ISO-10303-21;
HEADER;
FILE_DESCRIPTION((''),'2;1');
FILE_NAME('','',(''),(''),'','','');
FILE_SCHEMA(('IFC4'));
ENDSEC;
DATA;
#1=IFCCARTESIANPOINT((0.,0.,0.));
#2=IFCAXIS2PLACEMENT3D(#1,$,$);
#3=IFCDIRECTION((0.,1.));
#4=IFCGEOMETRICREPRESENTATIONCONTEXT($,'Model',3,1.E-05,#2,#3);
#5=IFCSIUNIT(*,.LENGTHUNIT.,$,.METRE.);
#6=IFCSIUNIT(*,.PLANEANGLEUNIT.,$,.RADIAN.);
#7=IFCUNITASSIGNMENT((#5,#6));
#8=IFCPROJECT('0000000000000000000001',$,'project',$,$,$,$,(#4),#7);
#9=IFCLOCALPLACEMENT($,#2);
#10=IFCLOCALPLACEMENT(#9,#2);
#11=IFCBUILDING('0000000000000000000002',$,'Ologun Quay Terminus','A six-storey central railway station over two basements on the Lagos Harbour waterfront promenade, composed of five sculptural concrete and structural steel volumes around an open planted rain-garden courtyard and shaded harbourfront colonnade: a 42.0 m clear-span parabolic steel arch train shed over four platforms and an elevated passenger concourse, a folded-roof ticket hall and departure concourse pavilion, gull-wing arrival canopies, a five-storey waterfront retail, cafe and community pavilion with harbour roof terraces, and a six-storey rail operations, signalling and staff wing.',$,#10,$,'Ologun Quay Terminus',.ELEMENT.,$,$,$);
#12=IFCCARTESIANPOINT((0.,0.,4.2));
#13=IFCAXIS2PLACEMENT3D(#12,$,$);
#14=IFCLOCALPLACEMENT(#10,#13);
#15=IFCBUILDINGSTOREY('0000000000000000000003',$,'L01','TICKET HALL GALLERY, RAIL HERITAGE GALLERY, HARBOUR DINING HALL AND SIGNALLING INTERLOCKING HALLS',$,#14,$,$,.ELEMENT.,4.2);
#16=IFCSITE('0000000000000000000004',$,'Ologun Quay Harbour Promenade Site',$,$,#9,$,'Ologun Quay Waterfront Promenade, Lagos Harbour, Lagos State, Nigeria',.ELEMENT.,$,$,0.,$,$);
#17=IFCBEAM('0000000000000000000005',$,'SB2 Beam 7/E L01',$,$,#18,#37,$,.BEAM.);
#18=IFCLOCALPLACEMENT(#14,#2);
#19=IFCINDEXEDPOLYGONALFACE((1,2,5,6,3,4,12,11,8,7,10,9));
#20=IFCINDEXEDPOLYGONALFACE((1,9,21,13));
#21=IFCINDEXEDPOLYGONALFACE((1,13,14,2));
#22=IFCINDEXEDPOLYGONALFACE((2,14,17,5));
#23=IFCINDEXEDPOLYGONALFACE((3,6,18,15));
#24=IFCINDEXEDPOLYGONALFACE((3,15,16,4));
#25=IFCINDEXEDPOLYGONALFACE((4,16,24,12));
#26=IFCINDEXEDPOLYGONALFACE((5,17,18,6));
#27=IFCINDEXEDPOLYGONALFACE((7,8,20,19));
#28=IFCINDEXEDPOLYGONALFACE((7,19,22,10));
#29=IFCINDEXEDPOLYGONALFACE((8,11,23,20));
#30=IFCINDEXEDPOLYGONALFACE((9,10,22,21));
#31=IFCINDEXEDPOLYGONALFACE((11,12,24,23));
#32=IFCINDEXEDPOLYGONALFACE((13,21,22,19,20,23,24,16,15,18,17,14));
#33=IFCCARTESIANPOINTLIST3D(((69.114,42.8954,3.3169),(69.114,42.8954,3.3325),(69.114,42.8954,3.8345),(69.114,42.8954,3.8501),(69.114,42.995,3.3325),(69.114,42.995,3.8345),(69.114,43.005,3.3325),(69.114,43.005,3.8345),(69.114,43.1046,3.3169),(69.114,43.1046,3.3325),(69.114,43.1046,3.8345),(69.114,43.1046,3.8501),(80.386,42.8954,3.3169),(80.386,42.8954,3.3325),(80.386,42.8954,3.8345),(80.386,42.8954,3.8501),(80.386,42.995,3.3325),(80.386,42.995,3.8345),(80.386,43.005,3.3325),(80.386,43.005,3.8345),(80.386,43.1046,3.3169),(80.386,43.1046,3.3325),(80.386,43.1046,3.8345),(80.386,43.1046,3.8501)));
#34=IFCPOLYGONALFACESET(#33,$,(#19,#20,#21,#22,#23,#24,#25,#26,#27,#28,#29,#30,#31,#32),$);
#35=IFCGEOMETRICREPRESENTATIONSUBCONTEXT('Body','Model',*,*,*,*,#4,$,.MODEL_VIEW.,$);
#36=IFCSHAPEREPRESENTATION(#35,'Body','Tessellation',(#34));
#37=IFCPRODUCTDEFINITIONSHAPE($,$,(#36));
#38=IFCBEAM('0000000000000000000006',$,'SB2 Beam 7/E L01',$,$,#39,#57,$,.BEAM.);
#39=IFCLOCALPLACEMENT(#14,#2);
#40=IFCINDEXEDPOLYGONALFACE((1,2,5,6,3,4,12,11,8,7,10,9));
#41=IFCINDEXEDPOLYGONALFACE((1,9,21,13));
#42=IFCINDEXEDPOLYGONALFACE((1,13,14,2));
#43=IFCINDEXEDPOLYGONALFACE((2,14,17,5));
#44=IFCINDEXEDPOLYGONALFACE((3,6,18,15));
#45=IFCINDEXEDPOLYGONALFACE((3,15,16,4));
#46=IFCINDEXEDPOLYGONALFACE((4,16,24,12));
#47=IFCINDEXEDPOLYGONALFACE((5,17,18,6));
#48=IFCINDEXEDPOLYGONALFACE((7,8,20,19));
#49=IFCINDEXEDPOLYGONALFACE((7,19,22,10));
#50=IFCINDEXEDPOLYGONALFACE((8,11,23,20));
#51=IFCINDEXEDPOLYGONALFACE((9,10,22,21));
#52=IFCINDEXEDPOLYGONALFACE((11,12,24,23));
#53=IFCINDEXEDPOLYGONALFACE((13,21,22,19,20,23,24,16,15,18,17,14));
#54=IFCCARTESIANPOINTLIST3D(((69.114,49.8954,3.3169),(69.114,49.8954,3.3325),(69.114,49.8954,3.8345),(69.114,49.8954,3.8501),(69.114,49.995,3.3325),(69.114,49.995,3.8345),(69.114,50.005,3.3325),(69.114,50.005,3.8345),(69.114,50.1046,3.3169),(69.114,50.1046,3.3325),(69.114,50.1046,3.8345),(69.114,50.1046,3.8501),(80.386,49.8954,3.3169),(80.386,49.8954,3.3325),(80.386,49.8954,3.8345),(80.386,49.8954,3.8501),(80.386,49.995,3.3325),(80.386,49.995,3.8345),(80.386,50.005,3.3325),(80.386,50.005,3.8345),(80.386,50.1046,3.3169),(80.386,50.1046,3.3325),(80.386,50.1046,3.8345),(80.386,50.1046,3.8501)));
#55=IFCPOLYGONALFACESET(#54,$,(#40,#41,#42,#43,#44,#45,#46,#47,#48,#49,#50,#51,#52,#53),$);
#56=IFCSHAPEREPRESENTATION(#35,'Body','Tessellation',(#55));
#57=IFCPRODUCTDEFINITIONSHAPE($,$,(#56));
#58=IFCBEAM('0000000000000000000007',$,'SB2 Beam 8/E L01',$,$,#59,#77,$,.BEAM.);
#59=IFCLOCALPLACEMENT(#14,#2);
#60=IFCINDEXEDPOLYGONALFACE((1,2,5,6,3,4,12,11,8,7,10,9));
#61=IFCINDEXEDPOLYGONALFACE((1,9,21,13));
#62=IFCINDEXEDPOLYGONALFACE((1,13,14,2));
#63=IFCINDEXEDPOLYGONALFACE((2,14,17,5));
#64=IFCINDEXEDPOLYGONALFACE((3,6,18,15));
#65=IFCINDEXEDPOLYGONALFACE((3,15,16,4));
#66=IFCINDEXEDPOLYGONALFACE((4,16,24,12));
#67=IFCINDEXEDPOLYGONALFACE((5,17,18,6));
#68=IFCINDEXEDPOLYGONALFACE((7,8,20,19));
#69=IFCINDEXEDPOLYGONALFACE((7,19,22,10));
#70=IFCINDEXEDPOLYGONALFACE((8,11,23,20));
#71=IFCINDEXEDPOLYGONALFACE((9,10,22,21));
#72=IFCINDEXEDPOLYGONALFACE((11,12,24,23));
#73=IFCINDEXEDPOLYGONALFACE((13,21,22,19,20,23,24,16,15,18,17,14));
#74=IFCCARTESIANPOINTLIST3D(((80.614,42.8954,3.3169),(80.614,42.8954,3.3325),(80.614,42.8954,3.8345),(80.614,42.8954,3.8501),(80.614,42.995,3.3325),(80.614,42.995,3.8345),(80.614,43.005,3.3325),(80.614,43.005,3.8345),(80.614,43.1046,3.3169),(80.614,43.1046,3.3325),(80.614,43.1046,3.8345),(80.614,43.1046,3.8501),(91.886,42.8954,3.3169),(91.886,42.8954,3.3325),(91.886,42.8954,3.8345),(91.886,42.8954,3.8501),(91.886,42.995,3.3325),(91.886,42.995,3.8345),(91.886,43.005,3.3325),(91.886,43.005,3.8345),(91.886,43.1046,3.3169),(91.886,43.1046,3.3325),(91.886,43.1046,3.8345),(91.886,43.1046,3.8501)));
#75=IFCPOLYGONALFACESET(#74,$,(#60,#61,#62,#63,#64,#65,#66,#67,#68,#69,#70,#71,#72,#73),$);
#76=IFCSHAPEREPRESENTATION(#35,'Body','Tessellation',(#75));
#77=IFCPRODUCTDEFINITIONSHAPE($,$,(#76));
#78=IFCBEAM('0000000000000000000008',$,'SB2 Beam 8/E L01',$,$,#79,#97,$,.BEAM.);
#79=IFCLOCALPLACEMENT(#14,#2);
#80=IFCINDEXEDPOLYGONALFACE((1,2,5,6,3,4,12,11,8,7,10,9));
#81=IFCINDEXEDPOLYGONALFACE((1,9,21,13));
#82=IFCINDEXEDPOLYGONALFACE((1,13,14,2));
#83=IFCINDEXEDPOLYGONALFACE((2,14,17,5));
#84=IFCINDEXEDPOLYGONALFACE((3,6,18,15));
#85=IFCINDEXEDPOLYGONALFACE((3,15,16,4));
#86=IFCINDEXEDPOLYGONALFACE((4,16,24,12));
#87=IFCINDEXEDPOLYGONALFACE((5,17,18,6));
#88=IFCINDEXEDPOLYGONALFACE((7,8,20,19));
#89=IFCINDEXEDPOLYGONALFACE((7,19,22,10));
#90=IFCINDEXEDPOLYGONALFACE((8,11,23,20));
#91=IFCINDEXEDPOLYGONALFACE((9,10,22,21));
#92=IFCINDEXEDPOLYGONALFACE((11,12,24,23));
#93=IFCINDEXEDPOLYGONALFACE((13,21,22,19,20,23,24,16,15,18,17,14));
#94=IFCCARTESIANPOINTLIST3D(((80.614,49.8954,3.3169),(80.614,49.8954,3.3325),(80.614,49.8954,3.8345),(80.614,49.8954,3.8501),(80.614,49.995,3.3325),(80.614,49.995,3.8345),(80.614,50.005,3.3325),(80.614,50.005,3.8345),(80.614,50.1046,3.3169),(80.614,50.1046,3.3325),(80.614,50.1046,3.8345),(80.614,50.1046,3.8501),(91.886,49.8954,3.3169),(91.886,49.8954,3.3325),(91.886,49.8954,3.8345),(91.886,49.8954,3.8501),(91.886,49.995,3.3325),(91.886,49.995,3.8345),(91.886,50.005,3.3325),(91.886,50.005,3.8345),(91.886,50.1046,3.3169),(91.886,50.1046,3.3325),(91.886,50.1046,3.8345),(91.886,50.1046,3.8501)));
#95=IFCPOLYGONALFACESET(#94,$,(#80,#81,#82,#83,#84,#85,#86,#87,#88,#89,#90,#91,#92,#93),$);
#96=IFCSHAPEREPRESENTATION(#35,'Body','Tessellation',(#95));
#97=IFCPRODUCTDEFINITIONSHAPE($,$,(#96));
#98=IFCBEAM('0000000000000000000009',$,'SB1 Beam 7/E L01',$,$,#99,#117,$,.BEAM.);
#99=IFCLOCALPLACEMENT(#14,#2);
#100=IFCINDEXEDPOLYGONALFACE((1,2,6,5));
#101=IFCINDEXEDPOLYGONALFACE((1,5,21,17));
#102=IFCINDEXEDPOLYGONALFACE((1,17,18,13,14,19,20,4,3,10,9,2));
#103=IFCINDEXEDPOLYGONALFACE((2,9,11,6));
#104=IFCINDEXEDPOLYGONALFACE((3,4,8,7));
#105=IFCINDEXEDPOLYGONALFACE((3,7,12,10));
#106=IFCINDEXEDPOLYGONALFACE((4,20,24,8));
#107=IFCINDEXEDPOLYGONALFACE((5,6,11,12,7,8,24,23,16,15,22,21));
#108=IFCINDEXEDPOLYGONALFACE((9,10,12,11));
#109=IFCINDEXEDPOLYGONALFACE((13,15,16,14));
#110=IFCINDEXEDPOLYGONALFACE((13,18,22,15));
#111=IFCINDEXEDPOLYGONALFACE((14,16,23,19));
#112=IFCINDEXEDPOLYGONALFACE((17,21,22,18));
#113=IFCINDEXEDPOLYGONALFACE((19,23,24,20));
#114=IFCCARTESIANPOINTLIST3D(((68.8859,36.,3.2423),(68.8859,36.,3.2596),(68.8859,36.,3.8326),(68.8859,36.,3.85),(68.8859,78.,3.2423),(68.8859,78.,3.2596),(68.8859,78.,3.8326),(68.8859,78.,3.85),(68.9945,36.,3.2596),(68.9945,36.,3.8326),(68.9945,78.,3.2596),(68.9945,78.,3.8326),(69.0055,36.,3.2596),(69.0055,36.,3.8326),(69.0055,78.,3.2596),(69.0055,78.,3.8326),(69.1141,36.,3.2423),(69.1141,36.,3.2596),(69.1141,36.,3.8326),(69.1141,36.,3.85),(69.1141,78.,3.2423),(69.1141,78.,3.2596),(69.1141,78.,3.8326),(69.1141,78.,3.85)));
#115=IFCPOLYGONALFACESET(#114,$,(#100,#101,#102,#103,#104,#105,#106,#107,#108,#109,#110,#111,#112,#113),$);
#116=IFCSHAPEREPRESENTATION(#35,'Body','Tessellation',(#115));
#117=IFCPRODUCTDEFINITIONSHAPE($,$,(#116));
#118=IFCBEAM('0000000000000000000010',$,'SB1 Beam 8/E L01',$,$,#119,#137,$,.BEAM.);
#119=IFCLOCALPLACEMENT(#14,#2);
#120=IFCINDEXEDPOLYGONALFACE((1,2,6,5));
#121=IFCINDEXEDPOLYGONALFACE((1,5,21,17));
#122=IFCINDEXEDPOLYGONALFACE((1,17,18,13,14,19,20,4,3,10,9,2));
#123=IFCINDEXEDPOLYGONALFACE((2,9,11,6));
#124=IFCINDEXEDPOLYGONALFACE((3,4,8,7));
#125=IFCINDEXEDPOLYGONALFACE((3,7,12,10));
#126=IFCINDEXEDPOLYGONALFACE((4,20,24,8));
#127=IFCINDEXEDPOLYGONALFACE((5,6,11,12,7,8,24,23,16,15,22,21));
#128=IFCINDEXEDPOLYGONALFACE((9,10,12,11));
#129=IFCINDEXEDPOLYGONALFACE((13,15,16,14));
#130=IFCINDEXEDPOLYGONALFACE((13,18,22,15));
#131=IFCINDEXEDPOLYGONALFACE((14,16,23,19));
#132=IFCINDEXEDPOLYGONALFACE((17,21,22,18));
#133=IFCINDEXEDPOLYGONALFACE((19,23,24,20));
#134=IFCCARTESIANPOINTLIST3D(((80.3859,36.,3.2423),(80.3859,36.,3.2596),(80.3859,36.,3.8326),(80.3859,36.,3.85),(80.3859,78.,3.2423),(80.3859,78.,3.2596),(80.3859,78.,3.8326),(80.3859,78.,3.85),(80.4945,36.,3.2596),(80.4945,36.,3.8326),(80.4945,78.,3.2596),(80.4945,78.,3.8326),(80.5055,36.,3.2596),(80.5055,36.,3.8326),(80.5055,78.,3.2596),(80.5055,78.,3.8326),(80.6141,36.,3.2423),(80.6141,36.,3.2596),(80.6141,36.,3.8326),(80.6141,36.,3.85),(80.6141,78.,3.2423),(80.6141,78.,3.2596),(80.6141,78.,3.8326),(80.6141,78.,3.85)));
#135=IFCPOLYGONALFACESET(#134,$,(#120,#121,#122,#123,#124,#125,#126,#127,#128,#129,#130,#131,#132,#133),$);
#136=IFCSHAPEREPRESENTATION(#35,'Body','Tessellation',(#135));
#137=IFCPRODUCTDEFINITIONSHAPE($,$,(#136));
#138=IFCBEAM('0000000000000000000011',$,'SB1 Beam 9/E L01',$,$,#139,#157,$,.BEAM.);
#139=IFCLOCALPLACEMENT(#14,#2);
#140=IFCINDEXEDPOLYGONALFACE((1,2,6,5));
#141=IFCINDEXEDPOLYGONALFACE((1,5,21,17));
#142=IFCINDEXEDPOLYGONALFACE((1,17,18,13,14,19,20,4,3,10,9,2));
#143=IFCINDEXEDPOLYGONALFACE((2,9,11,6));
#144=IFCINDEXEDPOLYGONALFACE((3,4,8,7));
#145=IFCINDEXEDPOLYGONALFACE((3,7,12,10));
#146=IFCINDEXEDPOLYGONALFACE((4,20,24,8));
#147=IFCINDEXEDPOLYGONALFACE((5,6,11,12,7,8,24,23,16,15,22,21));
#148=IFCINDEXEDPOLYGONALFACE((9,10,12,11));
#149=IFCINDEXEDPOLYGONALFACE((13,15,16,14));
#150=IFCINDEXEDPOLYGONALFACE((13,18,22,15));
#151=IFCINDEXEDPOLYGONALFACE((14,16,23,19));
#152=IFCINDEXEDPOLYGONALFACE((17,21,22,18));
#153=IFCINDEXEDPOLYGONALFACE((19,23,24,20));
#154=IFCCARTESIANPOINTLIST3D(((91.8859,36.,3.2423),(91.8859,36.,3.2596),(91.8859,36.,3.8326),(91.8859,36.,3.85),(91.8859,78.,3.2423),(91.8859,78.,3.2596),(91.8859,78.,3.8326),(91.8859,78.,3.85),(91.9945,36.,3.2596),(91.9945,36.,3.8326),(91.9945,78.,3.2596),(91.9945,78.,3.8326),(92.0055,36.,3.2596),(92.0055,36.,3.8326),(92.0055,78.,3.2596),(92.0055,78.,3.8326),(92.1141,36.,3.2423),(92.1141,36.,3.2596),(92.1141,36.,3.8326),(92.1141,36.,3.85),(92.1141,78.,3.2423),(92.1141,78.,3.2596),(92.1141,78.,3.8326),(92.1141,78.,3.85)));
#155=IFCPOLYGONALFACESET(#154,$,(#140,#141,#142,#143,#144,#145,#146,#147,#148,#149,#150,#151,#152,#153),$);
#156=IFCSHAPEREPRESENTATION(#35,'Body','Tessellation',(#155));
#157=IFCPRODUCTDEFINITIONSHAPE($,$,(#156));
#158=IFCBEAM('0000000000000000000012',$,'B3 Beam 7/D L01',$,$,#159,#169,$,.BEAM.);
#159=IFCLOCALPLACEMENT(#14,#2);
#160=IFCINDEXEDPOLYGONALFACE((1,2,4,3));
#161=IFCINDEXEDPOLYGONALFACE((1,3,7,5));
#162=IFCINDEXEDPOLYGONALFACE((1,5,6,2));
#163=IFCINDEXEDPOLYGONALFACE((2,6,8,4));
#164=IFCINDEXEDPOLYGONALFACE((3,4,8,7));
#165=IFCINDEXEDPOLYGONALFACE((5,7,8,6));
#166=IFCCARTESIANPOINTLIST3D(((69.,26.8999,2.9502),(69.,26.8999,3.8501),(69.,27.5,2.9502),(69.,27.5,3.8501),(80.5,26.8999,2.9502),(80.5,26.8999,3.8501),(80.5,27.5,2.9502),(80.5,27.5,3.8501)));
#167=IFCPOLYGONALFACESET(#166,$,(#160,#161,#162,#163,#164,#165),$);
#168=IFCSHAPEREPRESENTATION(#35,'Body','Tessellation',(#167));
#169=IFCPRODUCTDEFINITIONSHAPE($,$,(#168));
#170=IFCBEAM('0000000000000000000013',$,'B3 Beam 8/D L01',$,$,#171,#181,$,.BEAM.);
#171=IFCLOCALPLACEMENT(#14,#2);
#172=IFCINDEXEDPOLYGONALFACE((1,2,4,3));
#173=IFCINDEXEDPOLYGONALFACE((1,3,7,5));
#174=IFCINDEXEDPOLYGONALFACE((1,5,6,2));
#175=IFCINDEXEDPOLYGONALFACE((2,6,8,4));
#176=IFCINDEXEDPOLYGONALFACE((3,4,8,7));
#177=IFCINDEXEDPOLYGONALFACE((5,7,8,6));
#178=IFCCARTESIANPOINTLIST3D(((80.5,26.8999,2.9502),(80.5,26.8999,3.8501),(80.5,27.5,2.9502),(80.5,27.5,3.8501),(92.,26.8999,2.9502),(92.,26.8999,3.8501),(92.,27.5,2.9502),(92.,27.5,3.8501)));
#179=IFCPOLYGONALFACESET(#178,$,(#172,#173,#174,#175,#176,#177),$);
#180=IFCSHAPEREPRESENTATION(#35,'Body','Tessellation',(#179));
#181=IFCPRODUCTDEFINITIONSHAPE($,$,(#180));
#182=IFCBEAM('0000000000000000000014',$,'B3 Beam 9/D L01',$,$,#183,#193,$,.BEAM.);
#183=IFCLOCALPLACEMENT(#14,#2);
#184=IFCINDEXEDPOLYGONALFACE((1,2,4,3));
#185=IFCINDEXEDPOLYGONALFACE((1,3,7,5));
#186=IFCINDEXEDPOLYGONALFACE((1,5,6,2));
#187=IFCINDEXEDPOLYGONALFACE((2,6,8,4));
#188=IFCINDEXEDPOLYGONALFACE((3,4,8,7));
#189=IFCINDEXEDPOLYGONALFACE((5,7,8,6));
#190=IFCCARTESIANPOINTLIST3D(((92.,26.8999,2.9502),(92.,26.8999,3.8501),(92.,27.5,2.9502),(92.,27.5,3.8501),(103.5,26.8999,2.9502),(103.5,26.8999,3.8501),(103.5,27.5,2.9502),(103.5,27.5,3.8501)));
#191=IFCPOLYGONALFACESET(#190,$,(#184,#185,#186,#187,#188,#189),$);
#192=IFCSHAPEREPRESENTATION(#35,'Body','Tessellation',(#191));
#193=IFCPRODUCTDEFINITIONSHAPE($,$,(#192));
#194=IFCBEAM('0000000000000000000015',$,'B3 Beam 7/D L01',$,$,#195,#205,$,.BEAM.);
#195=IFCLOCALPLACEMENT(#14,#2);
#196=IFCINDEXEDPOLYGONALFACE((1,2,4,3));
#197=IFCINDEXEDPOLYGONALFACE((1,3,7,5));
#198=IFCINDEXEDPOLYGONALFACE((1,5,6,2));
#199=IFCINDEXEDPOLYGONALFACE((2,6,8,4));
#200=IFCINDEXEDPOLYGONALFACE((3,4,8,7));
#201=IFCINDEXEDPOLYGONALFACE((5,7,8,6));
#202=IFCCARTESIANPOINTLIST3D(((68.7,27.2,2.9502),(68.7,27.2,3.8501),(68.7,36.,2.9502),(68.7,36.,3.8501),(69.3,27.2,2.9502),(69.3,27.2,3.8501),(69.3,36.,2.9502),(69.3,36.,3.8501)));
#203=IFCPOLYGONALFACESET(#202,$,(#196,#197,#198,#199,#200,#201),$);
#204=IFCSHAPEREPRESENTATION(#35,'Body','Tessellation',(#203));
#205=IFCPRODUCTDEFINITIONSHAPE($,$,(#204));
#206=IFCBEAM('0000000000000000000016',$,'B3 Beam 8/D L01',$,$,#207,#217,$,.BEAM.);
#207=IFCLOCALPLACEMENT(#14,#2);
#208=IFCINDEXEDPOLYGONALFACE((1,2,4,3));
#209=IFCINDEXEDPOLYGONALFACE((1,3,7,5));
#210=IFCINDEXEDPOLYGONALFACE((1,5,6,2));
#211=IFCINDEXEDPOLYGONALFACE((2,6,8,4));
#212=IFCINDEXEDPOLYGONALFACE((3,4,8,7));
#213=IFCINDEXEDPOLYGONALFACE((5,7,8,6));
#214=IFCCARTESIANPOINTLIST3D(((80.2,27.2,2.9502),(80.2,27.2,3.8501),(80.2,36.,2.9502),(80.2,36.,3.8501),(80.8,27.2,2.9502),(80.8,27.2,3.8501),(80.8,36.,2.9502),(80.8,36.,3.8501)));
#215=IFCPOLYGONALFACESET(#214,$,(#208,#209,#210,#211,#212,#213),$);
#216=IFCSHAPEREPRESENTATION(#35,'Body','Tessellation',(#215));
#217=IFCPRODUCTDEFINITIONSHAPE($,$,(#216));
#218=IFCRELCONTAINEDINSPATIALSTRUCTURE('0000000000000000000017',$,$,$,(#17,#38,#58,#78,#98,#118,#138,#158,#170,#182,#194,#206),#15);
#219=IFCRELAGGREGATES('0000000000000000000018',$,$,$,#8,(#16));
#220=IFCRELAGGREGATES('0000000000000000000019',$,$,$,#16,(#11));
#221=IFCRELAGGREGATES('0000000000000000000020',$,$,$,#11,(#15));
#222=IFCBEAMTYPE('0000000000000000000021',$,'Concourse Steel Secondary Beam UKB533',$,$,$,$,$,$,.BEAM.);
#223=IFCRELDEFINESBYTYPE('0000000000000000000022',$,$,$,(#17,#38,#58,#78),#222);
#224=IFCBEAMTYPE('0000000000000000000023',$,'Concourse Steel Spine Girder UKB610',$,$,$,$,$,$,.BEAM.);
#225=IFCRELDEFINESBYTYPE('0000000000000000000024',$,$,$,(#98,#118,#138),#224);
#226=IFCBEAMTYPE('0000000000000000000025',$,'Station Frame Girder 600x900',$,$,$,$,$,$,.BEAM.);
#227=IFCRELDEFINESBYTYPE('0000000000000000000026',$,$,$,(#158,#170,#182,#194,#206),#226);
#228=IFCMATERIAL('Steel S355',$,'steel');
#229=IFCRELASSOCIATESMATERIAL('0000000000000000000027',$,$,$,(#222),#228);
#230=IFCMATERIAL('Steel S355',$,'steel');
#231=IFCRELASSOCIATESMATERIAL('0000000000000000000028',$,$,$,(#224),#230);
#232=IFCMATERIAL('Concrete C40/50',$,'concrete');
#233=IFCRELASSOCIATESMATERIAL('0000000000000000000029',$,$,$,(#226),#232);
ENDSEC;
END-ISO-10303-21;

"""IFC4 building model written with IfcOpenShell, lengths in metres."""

from ifc_helpers import new_model, si_unit, direction, frame, origin, origin_2d, place, context, subcontext, project, spatial, rectangle, i_section, extrude, material, material_profile, profile_set, type_object, element, save


model = new_model("IFC4")

# Units and contexts
model_context = context("Model", 3, precision=1e-05, world=origin(), true_north=direction((0.0, 1.0)))
body_context = subcontext(model_context, "Body", "Model", "MODEL_VIEW")
ifc_project = project(units=[si_unit("LENGTHUNIT", "METRE"), si_unit("PLANEANGLEUNIT", "RADIAN")], contexts=[model_context])

# Site, building, storey
site_placement = place(None, origin())
site = spatial("IfcSite", under=ifc_project, at=site_placement, Name="Ologun Quay Harbour Promenade Site", LongName="Ologun Quay Waterfront Promenade, Lagos Harbour, Lagos State, Nigeria", CompositionType="ELEMENT", RefElevation=0.0)
building_placement = place(site_placement, origin())
building = spatial("IfcBuilding", under=site, at=building_placement, Name="Ologun Quay Terminus", Description="A six-storey central railway station over two basements on the Lagos Harbour waterfront promenade, composed of five sculptural concrete and structural steel volumes around an open planted rain-garden courtyard and shaded harbourfront colonnade: a 42.0 m clear-span parabolic steel arch train shed over four platforms and an elevated passenger concourse, a folded-roof ticket hall and departure concourse pavilion, gull-wing arrival canopies, a five-storey waterfront retail, cafe and community pavilion with harbour roof terraces, and a six-storey rail operations, signalling and staff wing.", LongName="Ologun Quay Terminus", CompositionType="ELEMENT")
storey_placement = place(building_placement, frame((0.0, 0.0, 4.2)))
storey = spatial("IfcBuildingStorey", under=building, at=storey_placement, Name="L01", Description="TICKET HALL GALLERY, RAIL HERITAGE GALLERY, HARBOUR DINING HALL AND SIGNALLING INTERLOCKING HALLS", CompositionType="ELEMENT", Elevation=4.2)

# Beams
ifc_material_1 = material(Name="Steel S355", Category="steel")
ifc_material_profile_1 = material_profile(ifc_material_1, i_section(OverallWidth=0.2092, OverallDepth=0.5332, WebThickness=0.01, FlangeThickness=0.0156, at=origin_2d()), Name="UKB 533x210x92")
ifc_profile_set_1 = profile_set([ifc_material_profile_1], Name="Steel S355")
beam_type_1 = type_object("IfcBeamType", Name="Concourse Steel Secondary Beam UKB533", PredefinedType="BEAM", material=ifc_profile_set_1)
for number, where, z_axis, x_axis, name in (
    (1, (69.114, 43.0, 3.5835), (1.0, 0.0, 0.0), (0.0, 1.0, 0.0), "SB2 Beam 7/E L01"),
    (2, (69.114, 50.0, 3.5835), (1.0, 0.0, 0.0), (0.0, 1.0, 0.0), "SB2 Beam 7/E L01"),
    (3, (80.614, 43.0, 3.5835), (1.0, 0.0, 0.0), (0.0, 1.0, 0.0), "SB2 Beam 8/E L01"),
    (4, (80.614, 50.0, 3.5835), (1.0, 0.0, 0.0), (0.0, 1.0, 0.0), "SB2 Beam 8/E L01"),
):
    element("IfcBeam", number, at=place(storey_placement, frame(where, z_axis=z_axis, x_axis=x_axis)), inside=storey, type_object=beam_type_1, Name=name, PredefinedType="BEAM", context=body_context, shape_type="SweptSolid", body=[
        extrude(i_section(OverallWidth=0.2092, OverallDepth=0.5332, WebThickness=0.01, FlangeThickness=0.0156, at=origin_2d()), origin(), (0.0, 0.0, 1.0), 11.272),
    ])
ifc_material_2 = material(Name="Steel S355", Category="steel")
ifc_material_profile_2 = material_profile(ifc_material_2, i_section(OverallWidth=0.2283, OverallDepth=0.6077, WebThickness=0.011, FlangeThickness=0.0173, at=origin_2d()), Name="UKB 610x229x113")
ifc_profile_set_2 = profile_set([ifc_material_profile_2], Name="Steel S355")
beam_type_2 = type_object("IfcBeamType", Name="Concourse Steel Spine Girder UKB610", PredefinedType="BEAM", material=ifc_profile_set_2)
for number, where, z_axis, x_axis, name in (
    (5, (69.0, 36.0, 3.5461), (0.0, 1.0, 0.0), (-1.0, 0.0, 0.0), "SB1 Beam 7/E L01"),
    (6, (80.5, 36.0, 3.5461), (0.0, 1.0, 0.0), (-1.0, 0.0, 0.0), "SB1 Beam 8/E L01"),
    (7, (92.0, 36.0, 3.5461), (0.0, 1.0, 0.0), (-1.0, 0.0, 0.0), "SB1 Beam 9/E L01"),
):
    element("IfcBeam", number, at=place(storey_placement, frame(where, z_axis=z_axis, x_axis=x_axis)), inside=storey, type_object=beam_type_2, Name=name, PredefinedType="BEAM", context=body_context, shape_type="SweptSolid", body=[
        extrude(i_section(OverallWidth=0.2283, OverallDepth=0.6077, WebThickness=0.011, FlangeThickness=0.0173, at=origin_2d()), origin(), (0.0, 0.0, 1.0), 42.0),
    ])
ifc_material_3 = material(Name="Concrete C40/50", Category="concrete")
ifc_material_profile_3 = material_profile(ifc_material_3, rectangle(XDim=0.6001, YDim=0.8999, at=origin_2d()), Name="RC 600x900")
ifc_profile_set_3 = profile_set([ifc_material_profile_3], Name="Concrete C40/50")
beam_type_3 = type_object("IfcBeamType", Name="Station Frame Girder 600x900", PredefinedType="BEAM", material=ifc_profile_set_3)
for number, where, z_axis, x_axis, name in (
    (8, (69.0, 27.2, 3.4001), (1.0, 0.0, 0.0), (0.0, 1.0, 0.0), "B3 Beam 7/D L01"),
    (9, (80.5, 27.2, 3.4001), (1.0, 0.0, 0.0), (0.0, 1.0, 0.0), "B3 Beam 8/D L01"),
    (10, (92.0, 27.2, 3.4001), (1.0, 0.0, 0.0), (0.0, 1.0, 0.0), "B3 Beam 9/D L01"),
):
    element("IfcBeam", number, at=place(storey_placement, frame(where, z_axis=z_axis, x_axis=x_axis)), inside=storey, type_object=beam_type_3, Name=name, PredefinedType="BEAM", context=body_context, shape_type="SweptSolid", body=[
        extrude(rectangle(XDim=0.6001, YDim=0.8999, at=origin_2d()), origin(), (0.0, 0.0, 1.0), 11.5),
    ])
for number, where, z_axis, x_axis, name in (
    (11, (69.0, 27.2, 3.4001), (0.0, 1.0, 0.0), (-1.0, 0.0, 0.0), "B3 Beam 7/D L01"),
    (12, (80.5, 27.2, 3.4001), (0.0, 1.0, 0.0), (-1.0, 0.0, 0.0), "B3 Beam 8/D L01"),
):
    element("IfcBeam", number, at=place(storey_placement, frame(where, z_axis=z_axis, x_axis=x_axis)), inside=storey, type_object=beam_type_3, Name=name, PredefinedType="BEAM", context=body_context, shape_type="SweptSolid", body=[
        extrude(rectangle(XDim=0.6001, YDim=0.8999, at=origin_2d()), origin(), (0.0, 0.0, 1.0), 8.8),
    ])

save(model, "model.ifc")
